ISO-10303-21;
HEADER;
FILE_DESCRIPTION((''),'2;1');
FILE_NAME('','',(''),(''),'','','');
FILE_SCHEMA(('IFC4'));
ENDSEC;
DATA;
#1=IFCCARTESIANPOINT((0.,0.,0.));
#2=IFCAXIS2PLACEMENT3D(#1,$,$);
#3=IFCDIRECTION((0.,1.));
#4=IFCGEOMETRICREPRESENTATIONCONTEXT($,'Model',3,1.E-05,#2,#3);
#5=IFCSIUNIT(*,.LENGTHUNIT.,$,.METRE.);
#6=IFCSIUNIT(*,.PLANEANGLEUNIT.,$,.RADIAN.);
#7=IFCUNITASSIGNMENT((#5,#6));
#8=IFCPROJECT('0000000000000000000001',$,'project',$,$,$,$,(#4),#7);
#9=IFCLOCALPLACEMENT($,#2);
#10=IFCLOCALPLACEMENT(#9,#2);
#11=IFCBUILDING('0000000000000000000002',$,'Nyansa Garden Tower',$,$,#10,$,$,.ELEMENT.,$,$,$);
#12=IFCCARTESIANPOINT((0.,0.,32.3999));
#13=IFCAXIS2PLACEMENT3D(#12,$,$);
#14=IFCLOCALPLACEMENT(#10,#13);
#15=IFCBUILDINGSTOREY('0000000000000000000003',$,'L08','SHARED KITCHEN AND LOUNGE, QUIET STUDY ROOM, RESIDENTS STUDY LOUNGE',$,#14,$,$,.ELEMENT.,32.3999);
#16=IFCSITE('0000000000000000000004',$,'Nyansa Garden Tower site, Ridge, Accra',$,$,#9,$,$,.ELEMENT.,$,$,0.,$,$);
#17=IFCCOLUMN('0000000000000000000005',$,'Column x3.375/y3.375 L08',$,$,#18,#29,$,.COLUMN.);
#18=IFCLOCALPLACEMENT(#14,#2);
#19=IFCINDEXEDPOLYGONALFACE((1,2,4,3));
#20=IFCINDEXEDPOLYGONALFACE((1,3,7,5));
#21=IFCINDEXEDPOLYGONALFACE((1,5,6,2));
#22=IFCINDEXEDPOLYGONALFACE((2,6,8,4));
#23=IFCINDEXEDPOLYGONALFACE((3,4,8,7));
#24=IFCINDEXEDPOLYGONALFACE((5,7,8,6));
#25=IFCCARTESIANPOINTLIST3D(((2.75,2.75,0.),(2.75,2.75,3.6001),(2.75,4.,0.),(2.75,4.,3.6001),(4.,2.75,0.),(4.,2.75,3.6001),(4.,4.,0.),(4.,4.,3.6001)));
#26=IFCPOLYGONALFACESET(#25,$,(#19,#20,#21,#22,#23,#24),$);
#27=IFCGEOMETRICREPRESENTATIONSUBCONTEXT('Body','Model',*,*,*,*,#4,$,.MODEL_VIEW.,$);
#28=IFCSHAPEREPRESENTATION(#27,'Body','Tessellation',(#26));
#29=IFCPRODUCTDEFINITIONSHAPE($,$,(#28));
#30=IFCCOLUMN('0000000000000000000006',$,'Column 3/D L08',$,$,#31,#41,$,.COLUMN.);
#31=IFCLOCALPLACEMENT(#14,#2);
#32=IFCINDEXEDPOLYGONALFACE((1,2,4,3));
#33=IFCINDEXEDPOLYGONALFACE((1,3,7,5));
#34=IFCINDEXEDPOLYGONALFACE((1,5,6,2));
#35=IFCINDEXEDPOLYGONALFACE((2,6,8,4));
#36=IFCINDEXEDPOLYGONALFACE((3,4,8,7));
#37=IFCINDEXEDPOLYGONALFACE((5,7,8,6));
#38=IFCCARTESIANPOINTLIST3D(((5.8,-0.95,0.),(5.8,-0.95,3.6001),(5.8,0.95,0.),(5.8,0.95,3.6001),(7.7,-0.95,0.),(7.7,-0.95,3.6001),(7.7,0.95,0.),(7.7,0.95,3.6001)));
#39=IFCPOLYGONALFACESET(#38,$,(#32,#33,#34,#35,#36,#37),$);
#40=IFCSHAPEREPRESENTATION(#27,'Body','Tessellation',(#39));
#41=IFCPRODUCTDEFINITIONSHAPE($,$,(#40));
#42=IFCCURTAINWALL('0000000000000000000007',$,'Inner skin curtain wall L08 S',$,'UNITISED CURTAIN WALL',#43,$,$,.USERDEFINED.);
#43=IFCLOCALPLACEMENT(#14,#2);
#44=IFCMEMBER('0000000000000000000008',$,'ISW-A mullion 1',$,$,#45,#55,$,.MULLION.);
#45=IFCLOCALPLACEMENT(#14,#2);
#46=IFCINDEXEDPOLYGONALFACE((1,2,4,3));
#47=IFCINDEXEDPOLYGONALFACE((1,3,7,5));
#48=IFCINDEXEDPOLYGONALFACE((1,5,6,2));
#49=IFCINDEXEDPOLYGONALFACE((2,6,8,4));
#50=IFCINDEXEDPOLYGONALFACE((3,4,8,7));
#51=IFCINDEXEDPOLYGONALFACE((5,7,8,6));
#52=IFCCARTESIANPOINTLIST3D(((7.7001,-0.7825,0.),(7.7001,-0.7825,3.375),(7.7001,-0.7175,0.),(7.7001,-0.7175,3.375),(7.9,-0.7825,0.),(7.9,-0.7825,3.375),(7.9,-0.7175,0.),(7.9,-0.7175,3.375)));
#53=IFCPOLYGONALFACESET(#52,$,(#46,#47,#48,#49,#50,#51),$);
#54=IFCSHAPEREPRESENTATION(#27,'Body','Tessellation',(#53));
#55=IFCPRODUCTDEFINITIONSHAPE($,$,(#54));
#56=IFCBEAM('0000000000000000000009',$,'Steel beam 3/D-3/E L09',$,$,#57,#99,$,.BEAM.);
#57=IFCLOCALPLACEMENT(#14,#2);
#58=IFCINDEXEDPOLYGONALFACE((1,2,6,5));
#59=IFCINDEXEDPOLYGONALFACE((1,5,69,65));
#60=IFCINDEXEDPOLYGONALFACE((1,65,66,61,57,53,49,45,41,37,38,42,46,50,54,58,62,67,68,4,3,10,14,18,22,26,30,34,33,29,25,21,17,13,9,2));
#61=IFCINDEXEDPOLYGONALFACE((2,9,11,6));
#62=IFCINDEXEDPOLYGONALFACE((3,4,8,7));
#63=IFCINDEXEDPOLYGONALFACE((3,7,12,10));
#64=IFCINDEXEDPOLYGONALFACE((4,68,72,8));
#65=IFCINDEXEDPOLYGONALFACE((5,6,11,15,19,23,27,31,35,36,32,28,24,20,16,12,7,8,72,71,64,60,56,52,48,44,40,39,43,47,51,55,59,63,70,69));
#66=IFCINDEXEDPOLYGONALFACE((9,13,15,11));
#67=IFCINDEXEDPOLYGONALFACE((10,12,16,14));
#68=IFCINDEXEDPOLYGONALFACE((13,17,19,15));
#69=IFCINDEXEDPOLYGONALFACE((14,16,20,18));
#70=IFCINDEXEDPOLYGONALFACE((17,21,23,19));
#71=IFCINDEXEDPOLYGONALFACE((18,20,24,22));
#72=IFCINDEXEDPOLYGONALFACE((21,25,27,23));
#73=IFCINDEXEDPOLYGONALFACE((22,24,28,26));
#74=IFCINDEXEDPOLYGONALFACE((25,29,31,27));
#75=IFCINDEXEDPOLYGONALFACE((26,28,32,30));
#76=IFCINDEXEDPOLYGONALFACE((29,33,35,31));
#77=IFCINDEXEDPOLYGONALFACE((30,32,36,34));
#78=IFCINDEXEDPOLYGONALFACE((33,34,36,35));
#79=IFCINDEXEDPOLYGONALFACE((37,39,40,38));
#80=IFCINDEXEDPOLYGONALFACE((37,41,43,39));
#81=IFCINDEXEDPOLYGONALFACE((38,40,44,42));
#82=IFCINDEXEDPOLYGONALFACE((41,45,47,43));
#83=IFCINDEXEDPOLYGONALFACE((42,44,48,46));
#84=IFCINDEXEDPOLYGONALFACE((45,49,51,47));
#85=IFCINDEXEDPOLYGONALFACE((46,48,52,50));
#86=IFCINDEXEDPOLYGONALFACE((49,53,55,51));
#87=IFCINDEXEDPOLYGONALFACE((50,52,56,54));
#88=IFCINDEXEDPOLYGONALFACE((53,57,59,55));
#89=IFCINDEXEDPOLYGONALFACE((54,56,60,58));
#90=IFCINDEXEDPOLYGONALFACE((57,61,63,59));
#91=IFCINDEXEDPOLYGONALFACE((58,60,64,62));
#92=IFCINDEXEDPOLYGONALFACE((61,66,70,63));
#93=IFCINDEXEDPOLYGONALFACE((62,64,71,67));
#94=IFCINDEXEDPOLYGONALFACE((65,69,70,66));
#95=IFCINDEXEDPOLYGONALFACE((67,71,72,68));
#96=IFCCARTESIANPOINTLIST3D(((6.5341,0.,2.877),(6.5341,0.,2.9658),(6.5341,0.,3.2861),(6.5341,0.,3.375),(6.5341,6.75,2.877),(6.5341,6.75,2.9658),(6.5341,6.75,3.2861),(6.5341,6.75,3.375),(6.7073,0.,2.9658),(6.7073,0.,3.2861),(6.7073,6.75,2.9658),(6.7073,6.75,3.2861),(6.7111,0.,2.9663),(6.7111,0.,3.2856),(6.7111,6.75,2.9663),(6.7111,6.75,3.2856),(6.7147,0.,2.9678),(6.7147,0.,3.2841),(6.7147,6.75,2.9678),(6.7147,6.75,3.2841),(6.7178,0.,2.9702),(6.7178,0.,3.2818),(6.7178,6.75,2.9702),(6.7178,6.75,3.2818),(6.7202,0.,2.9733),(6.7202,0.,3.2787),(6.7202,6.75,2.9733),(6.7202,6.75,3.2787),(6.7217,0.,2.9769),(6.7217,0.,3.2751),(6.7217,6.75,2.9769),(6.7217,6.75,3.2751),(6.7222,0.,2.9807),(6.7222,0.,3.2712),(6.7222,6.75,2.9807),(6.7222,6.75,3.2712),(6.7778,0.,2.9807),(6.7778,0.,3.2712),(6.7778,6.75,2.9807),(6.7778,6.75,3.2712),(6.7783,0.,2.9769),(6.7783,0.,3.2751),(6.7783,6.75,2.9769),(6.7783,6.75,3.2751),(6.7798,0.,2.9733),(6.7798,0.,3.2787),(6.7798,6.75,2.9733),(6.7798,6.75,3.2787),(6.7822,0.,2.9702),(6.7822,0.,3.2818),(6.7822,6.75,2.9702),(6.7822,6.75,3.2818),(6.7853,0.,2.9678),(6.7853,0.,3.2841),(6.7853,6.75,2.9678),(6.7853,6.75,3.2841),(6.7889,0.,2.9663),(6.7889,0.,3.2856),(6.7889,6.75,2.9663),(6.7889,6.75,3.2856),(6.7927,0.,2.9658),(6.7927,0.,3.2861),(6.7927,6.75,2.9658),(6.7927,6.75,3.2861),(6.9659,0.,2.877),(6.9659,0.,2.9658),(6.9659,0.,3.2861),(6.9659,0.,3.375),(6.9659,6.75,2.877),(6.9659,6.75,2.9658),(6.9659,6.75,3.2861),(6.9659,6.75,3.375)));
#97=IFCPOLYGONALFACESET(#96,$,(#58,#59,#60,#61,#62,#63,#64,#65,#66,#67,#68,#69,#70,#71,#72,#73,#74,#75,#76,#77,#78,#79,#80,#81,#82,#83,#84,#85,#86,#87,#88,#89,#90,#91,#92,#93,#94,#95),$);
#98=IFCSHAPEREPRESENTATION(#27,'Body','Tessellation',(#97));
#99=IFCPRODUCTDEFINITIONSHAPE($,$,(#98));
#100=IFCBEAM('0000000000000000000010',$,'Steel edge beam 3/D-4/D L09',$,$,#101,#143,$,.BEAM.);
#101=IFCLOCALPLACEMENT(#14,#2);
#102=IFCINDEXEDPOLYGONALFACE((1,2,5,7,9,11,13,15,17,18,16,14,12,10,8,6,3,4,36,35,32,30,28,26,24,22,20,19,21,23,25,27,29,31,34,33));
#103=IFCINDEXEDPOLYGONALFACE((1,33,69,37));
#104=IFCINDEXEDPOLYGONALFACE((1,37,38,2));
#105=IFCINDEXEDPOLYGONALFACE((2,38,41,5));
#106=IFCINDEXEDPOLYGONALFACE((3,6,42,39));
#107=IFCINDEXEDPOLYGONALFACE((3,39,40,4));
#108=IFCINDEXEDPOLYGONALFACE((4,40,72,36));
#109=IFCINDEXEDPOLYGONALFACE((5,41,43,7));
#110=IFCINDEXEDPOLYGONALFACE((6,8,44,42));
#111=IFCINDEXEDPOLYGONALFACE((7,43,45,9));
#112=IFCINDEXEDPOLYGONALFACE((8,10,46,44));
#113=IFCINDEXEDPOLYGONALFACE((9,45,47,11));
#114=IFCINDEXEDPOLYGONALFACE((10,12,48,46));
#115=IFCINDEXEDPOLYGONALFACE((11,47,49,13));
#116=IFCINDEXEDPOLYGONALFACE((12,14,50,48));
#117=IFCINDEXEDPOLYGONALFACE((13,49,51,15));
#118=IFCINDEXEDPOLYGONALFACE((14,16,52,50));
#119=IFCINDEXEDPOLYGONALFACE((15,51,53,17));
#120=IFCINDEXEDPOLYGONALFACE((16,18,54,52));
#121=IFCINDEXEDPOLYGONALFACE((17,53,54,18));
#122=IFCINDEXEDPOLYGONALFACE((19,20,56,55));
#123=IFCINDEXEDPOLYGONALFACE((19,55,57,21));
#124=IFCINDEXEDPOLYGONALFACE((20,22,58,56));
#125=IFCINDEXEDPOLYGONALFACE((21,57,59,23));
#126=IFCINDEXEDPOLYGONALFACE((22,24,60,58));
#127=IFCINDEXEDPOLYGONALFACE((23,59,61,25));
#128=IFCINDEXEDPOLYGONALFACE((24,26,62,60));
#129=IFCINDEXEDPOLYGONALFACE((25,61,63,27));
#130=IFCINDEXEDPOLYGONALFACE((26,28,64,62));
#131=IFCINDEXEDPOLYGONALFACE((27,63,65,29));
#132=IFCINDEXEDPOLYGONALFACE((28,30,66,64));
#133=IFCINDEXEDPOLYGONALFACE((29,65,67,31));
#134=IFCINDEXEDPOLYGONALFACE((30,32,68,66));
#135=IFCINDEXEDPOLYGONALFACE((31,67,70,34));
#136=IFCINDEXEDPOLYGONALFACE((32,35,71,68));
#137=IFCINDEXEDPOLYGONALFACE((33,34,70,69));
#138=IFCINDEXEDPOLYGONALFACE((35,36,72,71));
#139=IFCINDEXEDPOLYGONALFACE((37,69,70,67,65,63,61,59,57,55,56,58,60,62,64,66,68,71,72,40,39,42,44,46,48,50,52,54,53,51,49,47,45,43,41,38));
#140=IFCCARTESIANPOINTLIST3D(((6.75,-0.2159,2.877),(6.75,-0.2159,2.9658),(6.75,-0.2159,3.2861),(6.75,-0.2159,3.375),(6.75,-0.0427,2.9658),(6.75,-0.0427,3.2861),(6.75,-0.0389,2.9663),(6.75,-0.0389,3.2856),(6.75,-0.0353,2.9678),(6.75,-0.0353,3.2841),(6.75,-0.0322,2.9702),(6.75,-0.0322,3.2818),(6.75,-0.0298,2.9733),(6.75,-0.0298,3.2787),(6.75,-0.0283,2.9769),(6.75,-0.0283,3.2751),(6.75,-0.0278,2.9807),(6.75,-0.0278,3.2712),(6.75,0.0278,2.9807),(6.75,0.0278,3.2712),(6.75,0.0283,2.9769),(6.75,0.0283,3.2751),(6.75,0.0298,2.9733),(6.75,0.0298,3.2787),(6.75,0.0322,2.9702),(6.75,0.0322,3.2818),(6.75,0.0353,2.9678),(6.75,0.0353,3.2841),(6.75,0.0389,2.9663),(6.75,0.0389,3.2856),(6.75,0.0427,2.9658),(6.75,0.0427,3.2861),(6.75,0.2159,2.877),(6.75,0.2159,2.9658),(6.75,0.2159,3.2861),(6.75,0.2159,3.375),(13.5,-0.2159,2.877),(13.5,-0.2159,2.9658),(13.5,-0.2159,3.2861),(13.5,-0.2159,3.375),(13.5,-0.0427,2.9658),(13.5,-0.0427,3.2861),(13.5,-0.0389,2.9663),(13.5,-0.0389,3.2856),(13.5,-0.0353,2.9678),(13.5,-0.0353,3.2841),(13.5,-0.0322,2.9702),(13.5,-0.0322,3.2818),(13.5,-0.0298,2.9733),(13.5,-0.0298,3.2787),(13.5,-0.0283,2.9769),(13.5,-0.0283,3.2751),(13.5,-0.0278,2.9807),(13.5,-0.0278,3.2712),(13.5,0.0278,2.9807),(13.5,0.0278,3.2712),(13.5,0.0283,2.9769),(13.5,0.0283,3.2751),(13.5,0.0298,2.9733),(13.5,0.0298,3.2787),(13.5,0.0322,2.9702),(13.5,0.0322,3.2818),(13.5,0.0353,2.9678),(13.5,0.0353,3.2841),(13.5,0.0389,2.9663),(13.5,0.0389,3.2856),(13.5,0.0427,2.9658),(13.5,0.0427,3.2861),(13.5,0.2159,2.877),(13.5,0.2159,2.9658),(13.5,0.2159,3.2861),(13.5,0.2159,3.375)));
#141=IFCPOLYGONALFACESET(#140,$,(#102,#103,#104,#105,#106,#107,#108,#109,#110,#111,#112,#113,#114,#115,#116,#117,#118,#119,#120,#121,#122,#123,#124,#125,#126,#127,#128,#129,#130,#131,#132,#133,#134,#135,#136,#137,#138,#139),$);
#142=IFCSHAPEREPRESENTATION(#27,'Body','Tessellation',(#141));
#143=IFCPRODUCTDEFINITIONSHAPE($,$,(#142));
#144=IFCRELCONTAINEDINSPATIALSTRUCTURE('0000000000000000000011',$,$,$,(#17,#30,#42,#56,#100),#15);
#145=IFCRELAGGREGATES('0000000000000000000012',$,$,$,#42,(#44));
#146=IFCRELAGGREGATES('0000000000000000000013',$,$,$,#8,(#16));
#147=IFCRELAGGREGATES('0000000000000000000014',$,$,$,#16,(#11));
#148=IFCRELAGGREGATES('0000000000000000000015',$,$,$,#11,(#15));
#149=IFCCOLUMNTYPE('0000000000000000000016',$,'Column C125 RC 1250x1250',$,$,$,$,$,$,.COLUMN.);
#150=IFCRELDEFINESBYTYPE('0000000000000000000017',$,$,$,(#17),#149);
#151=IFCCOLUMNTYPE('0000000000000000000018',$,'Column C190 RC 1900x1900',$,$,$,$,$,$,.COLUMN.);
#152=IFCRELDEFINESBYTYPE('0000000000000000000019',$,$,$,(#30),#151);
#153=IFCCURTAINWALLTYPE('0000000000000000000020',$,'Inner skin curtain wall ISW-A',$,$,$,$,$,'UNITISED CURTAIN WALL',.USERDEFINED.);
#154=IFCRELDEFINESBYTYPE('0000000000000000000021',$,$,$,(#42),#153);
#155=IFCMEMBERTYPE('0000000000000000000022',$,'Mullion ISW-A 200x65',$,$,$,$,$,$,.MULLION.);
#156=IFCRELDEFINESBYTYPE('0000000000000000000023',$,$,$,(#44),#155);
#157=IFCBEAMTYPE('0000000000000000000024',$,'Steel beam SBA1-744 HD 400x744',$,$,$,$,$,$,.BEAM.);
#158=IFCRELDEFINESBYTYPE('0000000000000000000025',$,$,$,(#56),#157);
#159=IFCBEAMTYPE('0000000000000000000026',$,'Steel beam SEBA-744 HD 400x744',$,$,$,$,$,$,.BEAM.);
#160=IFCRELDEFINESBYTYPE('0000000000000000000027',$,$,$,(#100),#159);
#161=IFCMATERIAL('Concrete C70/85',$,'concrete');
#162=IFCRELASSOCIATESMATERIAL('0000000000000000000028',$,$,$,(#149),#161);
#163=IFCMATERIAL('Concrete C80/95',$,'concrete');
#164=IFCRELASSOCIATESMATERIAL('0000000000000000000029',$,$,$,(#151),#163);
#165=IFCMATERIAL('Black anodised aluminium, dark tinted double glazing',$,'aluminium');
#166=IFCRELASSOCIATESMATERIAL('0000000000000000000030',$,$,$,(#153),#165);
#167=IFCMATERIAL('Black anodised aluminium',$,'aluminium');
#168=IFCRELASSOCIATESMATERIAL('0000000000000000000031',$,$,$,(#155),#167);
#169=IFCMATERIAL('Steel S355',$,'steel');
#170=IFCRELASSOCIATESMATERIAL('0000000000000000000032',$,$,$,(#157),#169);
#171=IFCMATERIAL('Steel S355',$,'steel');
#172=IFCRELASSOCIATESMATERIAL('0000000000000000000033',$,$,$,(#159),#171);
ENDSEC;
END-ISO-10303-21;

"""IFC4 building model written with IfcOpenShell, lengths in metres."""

from ifc_helpers import new_model, si_unit, direction, frame, origin, origin_2d, place, context, subcontext, project, spatial, rectangle, i_section, extrude, material, material_profile, profile_set, type_object, element, aggregate, save


model = new_model("IFC4")

# Units and contexts
model_context = context("Model", 3, precision=1e-05, world=origin(), true_north=direction((0.0, 1.0)))
body_context = subcontext(model_context, "Body", "Model", "MODEL_VIEW")
ifc_project = project(units=[si_unit("LENGTHUNIT", "METRE"), si_unit("PLANEANGLEUNIT", "RADIAN")], contexts=[model_context])

# Site, building, storey
site_placement = place(None, origin())
site = spatial("IfcSite", under=ifc_project, at=site_placement, Name="Nyansa Garden Tower site, Ridge, Accra", CompositionType="ELEMENT", RefElevation=0.0)
building_placement = place(site_placement, origin())
building = spatial("IfcBuilding", under=site, at=building_placement, Name="Nyansa Garden Tower", CompositionType="ELEMENT")
storey_placement = place(building_placement, frame((0.0, 0.0, 32.3999)))
storey = spatial("IfcBuildingStorey", under=building, at=storey_placement, Name="L08", Description="SHARED KITCHEN AND LOUNGE, QUIET STUDY ROOM, RESIDENTS STUDY LOUNGE", CompositionType="ELEMENT", Elevation=32.3999)

# Columns
ifc_material_1 = material(Name="Concrete C70/85", Category="concrete")
ifc_material_profile_1 = material_profile(ifc_material_1, rectangle(XDim=1.25, YDim=1.25, at=origin_2d()), Name="RC 1250x1250")
ifc_profile_set_1 = profile_set([ifc_material_profile_1], Name="Concrete C70/85")
column_type_1 = type_object("IfcColumnType", Name="Column C125 RC 1250x1250", PredefinedType="COLUMN", material=ifc_profile_set_1)
column_1_placement = place(storey_placement, frame((3.375, 3.375, 0.0), z_axis=(0.0, 0.0, 1.0), x_axis=(1.0, 0.0, 0.0)))
element("IfcColumn", 1, at=column_1_placement, inside=storey, type_object=column_type_1, Name="Column x3.375/y3.375 L08", PredefinedType="COLUMN", context=body_context, shape_type="SweptSolid", body=[
    extrude(rectangle(XDim=1.25, YDim=1.25, at=origin_2d()), origin(), (0.0, 0.0, 1.0), 3.6001),
])
ifc_material_2 = material(Name="Concrete C80/95", Category="concrete")
ifc_material_profile_2 = material_profile(ifc_material_2, rectangle(XDim=1.8999, YDim=1.8999, at=origin_2d()), Name="RC 1900x1900")
ifc_profile_set_2 = profile_set([ifc_material_profile_2], Name="Concrete C80/95")
column_type_2 = type_object("IfcColumnType", Name="Column C190 RC 1900x1900", PredefinedType="COLUMN", material=ifc_profile_set_2)
column_2_placement = place(storey_placement, frame((6.75, 0.0, 0.0), z_axis=(0.0, 0.0, 1.0), x_axis=(1.0, 0.0, 0.0)))
element("IfcColumn", 2, at=column_2_placement, inside=storey, type_object=column_type_2, Name="Column 3/D L08", PredefinedType="COLUMN", context=body_context, shape_type="SweptSolid", body=[
    extrude(rectangle(XDim=1.8999, YDim=1.8999, at=origin_2d()), origin(), (0.0, 0.0, 1.0), 3.6001),
])

# Curtain wall, member
ifc_material_3 = material(Name="Black anodised aluminium, dark tinted double glazing", Category="aluminium")
curtain_wall_type = type_object("IfcCurtainWallType", Name="Inner skin curtain wall ISW-A", ElementType="UNITISED CURTAIN WALL", PredefinedType="USERDEFINED", material=ifc_material_3)
curtain_wall_placement = place(storey_placement, origin())
curtain_wall = element("IfcCurtainWall", 3, at=curtain_wall_placement, inside=storey, type_object=curtain_wall_type, Name="Inner skin curtain wall L08 S", ObjectType="UNITISED CURTAIN WALL", PredefinedType="USERDEFINED")
ifc_material_4 = material(Name="Black anodised aluminium", Category="aluminium")
ifc_material_profile_3 = material_profile(ifc_material_4, rectangle(XDim=0.0649, YDim=0.2, at=origin_2d()), Name="Mullion 200x65")
ifc_profile_set_3 = profile_set([ifc_material_profile_3], Name="Black anodised aluminium")
member_type = type_object("IfcMemberType", Name="Mullion ISW-A 200x65", PredefinedType="MULLION", material=ifc_profile_set_3)
member_placement = place(storey_placement, frame((7.8, -0.75, 0.0), z_axis=(0.0, 0.0, 1.0), x_axis=(0.0, 1.0, 0.0)))
member = element("IfcMember", 4, at=member_placement, type_object=member_type, Name="ISW-A mullion 1", PredefinedType="MULLION", context=body_context, shape_type="SweptSolid", body=[
    extrude(rectangle(XDim=0.0649, YDim=0.2, at=origin_2d()), origin(), (0.0, 0.0, 1.0), 3.375),
])
aggregate(curtain_wall, [member])

# Beams
ifc_material_5 = material(Name="Steel S355", Category="steel")
ifc_material_profile_4 = material_profile(ifc_material_5, i_section(OverallWidth=0.4319, OverallDepth=0.498, WebThickness=0.0557, FlangeThickness=0.0889, FilletRadius=0.0149, at=origin_2d()), Name="HD 400x744")
ifc_profile_set_4 = profile_set([ifc_material_profile_4], Name="Steel S355")
beam_type_1 = type_object("IfcBeamType", Name="Steel beam SBA1-744 HD 400x744", PredefinedType="BEAM", material=ifc_profile_set_4)
beam_1_placement = place(storey_placement, frame((6.75, 0.0, 3.126), z_axis=(0.0, 1.0, 0.0), x_axis=(-1.0, 0.0, 0.0)))
element("IfcBeam", 5, at=beam_1_placement, inside=storey, type_object=beam_type_1, Name="Steel beam 3/D-3/E L09", PredefinedType="BEAM", context=body_context, shape_type="SweptSolid", body=[
    extrude(i_section(OverallWidth=0.4319, OverallDepth=0.498, WebThickness=0.0557, FlangeThickness=0.0889, FilletRadius=0.0149, at=origin_2d()), origin(), (0.0, 0.0, 1.0), 6.75),
])
ifc_material_6 = material(Name="Steel S355", Category="steel")
ifc_material_profile_5 = material_profile(ifc_material_6, i_section(OverallWidth=0.4319, OverallDepth=0.498, WebThickness=0.0557, FlangeThickness=0.0889, FilletRadius=0.0149, at=origin_2d()), Name="HD 400x744")
ifc_profile_set_5 = profile_set([ifc_material_profile_5], Name="Steel S355")
beam_type_2 = type_object("IfcBeamType", Name="Steel beam SEBA-744 HD 400x744", PredefinedType="BEAM", material=ifc_profile_set_5)
beam_2_placement = place(storey_placement, frame((6.75, 0.0, 3.126), z_axis=(1.0, 0.0, 0.0), x_axis=(0.0, 1.0, 0.0)))
element("IfcBeam", 6, at=beam_2_placement, inside=storey, type_object=beam_type_2, Name="Steel edge beam 3/D-4/D L09", PredefinedType="BEAM", context=body_context, shape_type="SweptSolid", body=[
    extrude(i_section(OverallWidth=0.4319, OverallDepth=0.498, WebThickness=0.0557, FlangeThickness=0.0889, FilletRadius=0.0149, at=origin_2d()), origin(), (0.0, 0.0, 1.0), 6.75),
])

save(model, "model.ifc")
